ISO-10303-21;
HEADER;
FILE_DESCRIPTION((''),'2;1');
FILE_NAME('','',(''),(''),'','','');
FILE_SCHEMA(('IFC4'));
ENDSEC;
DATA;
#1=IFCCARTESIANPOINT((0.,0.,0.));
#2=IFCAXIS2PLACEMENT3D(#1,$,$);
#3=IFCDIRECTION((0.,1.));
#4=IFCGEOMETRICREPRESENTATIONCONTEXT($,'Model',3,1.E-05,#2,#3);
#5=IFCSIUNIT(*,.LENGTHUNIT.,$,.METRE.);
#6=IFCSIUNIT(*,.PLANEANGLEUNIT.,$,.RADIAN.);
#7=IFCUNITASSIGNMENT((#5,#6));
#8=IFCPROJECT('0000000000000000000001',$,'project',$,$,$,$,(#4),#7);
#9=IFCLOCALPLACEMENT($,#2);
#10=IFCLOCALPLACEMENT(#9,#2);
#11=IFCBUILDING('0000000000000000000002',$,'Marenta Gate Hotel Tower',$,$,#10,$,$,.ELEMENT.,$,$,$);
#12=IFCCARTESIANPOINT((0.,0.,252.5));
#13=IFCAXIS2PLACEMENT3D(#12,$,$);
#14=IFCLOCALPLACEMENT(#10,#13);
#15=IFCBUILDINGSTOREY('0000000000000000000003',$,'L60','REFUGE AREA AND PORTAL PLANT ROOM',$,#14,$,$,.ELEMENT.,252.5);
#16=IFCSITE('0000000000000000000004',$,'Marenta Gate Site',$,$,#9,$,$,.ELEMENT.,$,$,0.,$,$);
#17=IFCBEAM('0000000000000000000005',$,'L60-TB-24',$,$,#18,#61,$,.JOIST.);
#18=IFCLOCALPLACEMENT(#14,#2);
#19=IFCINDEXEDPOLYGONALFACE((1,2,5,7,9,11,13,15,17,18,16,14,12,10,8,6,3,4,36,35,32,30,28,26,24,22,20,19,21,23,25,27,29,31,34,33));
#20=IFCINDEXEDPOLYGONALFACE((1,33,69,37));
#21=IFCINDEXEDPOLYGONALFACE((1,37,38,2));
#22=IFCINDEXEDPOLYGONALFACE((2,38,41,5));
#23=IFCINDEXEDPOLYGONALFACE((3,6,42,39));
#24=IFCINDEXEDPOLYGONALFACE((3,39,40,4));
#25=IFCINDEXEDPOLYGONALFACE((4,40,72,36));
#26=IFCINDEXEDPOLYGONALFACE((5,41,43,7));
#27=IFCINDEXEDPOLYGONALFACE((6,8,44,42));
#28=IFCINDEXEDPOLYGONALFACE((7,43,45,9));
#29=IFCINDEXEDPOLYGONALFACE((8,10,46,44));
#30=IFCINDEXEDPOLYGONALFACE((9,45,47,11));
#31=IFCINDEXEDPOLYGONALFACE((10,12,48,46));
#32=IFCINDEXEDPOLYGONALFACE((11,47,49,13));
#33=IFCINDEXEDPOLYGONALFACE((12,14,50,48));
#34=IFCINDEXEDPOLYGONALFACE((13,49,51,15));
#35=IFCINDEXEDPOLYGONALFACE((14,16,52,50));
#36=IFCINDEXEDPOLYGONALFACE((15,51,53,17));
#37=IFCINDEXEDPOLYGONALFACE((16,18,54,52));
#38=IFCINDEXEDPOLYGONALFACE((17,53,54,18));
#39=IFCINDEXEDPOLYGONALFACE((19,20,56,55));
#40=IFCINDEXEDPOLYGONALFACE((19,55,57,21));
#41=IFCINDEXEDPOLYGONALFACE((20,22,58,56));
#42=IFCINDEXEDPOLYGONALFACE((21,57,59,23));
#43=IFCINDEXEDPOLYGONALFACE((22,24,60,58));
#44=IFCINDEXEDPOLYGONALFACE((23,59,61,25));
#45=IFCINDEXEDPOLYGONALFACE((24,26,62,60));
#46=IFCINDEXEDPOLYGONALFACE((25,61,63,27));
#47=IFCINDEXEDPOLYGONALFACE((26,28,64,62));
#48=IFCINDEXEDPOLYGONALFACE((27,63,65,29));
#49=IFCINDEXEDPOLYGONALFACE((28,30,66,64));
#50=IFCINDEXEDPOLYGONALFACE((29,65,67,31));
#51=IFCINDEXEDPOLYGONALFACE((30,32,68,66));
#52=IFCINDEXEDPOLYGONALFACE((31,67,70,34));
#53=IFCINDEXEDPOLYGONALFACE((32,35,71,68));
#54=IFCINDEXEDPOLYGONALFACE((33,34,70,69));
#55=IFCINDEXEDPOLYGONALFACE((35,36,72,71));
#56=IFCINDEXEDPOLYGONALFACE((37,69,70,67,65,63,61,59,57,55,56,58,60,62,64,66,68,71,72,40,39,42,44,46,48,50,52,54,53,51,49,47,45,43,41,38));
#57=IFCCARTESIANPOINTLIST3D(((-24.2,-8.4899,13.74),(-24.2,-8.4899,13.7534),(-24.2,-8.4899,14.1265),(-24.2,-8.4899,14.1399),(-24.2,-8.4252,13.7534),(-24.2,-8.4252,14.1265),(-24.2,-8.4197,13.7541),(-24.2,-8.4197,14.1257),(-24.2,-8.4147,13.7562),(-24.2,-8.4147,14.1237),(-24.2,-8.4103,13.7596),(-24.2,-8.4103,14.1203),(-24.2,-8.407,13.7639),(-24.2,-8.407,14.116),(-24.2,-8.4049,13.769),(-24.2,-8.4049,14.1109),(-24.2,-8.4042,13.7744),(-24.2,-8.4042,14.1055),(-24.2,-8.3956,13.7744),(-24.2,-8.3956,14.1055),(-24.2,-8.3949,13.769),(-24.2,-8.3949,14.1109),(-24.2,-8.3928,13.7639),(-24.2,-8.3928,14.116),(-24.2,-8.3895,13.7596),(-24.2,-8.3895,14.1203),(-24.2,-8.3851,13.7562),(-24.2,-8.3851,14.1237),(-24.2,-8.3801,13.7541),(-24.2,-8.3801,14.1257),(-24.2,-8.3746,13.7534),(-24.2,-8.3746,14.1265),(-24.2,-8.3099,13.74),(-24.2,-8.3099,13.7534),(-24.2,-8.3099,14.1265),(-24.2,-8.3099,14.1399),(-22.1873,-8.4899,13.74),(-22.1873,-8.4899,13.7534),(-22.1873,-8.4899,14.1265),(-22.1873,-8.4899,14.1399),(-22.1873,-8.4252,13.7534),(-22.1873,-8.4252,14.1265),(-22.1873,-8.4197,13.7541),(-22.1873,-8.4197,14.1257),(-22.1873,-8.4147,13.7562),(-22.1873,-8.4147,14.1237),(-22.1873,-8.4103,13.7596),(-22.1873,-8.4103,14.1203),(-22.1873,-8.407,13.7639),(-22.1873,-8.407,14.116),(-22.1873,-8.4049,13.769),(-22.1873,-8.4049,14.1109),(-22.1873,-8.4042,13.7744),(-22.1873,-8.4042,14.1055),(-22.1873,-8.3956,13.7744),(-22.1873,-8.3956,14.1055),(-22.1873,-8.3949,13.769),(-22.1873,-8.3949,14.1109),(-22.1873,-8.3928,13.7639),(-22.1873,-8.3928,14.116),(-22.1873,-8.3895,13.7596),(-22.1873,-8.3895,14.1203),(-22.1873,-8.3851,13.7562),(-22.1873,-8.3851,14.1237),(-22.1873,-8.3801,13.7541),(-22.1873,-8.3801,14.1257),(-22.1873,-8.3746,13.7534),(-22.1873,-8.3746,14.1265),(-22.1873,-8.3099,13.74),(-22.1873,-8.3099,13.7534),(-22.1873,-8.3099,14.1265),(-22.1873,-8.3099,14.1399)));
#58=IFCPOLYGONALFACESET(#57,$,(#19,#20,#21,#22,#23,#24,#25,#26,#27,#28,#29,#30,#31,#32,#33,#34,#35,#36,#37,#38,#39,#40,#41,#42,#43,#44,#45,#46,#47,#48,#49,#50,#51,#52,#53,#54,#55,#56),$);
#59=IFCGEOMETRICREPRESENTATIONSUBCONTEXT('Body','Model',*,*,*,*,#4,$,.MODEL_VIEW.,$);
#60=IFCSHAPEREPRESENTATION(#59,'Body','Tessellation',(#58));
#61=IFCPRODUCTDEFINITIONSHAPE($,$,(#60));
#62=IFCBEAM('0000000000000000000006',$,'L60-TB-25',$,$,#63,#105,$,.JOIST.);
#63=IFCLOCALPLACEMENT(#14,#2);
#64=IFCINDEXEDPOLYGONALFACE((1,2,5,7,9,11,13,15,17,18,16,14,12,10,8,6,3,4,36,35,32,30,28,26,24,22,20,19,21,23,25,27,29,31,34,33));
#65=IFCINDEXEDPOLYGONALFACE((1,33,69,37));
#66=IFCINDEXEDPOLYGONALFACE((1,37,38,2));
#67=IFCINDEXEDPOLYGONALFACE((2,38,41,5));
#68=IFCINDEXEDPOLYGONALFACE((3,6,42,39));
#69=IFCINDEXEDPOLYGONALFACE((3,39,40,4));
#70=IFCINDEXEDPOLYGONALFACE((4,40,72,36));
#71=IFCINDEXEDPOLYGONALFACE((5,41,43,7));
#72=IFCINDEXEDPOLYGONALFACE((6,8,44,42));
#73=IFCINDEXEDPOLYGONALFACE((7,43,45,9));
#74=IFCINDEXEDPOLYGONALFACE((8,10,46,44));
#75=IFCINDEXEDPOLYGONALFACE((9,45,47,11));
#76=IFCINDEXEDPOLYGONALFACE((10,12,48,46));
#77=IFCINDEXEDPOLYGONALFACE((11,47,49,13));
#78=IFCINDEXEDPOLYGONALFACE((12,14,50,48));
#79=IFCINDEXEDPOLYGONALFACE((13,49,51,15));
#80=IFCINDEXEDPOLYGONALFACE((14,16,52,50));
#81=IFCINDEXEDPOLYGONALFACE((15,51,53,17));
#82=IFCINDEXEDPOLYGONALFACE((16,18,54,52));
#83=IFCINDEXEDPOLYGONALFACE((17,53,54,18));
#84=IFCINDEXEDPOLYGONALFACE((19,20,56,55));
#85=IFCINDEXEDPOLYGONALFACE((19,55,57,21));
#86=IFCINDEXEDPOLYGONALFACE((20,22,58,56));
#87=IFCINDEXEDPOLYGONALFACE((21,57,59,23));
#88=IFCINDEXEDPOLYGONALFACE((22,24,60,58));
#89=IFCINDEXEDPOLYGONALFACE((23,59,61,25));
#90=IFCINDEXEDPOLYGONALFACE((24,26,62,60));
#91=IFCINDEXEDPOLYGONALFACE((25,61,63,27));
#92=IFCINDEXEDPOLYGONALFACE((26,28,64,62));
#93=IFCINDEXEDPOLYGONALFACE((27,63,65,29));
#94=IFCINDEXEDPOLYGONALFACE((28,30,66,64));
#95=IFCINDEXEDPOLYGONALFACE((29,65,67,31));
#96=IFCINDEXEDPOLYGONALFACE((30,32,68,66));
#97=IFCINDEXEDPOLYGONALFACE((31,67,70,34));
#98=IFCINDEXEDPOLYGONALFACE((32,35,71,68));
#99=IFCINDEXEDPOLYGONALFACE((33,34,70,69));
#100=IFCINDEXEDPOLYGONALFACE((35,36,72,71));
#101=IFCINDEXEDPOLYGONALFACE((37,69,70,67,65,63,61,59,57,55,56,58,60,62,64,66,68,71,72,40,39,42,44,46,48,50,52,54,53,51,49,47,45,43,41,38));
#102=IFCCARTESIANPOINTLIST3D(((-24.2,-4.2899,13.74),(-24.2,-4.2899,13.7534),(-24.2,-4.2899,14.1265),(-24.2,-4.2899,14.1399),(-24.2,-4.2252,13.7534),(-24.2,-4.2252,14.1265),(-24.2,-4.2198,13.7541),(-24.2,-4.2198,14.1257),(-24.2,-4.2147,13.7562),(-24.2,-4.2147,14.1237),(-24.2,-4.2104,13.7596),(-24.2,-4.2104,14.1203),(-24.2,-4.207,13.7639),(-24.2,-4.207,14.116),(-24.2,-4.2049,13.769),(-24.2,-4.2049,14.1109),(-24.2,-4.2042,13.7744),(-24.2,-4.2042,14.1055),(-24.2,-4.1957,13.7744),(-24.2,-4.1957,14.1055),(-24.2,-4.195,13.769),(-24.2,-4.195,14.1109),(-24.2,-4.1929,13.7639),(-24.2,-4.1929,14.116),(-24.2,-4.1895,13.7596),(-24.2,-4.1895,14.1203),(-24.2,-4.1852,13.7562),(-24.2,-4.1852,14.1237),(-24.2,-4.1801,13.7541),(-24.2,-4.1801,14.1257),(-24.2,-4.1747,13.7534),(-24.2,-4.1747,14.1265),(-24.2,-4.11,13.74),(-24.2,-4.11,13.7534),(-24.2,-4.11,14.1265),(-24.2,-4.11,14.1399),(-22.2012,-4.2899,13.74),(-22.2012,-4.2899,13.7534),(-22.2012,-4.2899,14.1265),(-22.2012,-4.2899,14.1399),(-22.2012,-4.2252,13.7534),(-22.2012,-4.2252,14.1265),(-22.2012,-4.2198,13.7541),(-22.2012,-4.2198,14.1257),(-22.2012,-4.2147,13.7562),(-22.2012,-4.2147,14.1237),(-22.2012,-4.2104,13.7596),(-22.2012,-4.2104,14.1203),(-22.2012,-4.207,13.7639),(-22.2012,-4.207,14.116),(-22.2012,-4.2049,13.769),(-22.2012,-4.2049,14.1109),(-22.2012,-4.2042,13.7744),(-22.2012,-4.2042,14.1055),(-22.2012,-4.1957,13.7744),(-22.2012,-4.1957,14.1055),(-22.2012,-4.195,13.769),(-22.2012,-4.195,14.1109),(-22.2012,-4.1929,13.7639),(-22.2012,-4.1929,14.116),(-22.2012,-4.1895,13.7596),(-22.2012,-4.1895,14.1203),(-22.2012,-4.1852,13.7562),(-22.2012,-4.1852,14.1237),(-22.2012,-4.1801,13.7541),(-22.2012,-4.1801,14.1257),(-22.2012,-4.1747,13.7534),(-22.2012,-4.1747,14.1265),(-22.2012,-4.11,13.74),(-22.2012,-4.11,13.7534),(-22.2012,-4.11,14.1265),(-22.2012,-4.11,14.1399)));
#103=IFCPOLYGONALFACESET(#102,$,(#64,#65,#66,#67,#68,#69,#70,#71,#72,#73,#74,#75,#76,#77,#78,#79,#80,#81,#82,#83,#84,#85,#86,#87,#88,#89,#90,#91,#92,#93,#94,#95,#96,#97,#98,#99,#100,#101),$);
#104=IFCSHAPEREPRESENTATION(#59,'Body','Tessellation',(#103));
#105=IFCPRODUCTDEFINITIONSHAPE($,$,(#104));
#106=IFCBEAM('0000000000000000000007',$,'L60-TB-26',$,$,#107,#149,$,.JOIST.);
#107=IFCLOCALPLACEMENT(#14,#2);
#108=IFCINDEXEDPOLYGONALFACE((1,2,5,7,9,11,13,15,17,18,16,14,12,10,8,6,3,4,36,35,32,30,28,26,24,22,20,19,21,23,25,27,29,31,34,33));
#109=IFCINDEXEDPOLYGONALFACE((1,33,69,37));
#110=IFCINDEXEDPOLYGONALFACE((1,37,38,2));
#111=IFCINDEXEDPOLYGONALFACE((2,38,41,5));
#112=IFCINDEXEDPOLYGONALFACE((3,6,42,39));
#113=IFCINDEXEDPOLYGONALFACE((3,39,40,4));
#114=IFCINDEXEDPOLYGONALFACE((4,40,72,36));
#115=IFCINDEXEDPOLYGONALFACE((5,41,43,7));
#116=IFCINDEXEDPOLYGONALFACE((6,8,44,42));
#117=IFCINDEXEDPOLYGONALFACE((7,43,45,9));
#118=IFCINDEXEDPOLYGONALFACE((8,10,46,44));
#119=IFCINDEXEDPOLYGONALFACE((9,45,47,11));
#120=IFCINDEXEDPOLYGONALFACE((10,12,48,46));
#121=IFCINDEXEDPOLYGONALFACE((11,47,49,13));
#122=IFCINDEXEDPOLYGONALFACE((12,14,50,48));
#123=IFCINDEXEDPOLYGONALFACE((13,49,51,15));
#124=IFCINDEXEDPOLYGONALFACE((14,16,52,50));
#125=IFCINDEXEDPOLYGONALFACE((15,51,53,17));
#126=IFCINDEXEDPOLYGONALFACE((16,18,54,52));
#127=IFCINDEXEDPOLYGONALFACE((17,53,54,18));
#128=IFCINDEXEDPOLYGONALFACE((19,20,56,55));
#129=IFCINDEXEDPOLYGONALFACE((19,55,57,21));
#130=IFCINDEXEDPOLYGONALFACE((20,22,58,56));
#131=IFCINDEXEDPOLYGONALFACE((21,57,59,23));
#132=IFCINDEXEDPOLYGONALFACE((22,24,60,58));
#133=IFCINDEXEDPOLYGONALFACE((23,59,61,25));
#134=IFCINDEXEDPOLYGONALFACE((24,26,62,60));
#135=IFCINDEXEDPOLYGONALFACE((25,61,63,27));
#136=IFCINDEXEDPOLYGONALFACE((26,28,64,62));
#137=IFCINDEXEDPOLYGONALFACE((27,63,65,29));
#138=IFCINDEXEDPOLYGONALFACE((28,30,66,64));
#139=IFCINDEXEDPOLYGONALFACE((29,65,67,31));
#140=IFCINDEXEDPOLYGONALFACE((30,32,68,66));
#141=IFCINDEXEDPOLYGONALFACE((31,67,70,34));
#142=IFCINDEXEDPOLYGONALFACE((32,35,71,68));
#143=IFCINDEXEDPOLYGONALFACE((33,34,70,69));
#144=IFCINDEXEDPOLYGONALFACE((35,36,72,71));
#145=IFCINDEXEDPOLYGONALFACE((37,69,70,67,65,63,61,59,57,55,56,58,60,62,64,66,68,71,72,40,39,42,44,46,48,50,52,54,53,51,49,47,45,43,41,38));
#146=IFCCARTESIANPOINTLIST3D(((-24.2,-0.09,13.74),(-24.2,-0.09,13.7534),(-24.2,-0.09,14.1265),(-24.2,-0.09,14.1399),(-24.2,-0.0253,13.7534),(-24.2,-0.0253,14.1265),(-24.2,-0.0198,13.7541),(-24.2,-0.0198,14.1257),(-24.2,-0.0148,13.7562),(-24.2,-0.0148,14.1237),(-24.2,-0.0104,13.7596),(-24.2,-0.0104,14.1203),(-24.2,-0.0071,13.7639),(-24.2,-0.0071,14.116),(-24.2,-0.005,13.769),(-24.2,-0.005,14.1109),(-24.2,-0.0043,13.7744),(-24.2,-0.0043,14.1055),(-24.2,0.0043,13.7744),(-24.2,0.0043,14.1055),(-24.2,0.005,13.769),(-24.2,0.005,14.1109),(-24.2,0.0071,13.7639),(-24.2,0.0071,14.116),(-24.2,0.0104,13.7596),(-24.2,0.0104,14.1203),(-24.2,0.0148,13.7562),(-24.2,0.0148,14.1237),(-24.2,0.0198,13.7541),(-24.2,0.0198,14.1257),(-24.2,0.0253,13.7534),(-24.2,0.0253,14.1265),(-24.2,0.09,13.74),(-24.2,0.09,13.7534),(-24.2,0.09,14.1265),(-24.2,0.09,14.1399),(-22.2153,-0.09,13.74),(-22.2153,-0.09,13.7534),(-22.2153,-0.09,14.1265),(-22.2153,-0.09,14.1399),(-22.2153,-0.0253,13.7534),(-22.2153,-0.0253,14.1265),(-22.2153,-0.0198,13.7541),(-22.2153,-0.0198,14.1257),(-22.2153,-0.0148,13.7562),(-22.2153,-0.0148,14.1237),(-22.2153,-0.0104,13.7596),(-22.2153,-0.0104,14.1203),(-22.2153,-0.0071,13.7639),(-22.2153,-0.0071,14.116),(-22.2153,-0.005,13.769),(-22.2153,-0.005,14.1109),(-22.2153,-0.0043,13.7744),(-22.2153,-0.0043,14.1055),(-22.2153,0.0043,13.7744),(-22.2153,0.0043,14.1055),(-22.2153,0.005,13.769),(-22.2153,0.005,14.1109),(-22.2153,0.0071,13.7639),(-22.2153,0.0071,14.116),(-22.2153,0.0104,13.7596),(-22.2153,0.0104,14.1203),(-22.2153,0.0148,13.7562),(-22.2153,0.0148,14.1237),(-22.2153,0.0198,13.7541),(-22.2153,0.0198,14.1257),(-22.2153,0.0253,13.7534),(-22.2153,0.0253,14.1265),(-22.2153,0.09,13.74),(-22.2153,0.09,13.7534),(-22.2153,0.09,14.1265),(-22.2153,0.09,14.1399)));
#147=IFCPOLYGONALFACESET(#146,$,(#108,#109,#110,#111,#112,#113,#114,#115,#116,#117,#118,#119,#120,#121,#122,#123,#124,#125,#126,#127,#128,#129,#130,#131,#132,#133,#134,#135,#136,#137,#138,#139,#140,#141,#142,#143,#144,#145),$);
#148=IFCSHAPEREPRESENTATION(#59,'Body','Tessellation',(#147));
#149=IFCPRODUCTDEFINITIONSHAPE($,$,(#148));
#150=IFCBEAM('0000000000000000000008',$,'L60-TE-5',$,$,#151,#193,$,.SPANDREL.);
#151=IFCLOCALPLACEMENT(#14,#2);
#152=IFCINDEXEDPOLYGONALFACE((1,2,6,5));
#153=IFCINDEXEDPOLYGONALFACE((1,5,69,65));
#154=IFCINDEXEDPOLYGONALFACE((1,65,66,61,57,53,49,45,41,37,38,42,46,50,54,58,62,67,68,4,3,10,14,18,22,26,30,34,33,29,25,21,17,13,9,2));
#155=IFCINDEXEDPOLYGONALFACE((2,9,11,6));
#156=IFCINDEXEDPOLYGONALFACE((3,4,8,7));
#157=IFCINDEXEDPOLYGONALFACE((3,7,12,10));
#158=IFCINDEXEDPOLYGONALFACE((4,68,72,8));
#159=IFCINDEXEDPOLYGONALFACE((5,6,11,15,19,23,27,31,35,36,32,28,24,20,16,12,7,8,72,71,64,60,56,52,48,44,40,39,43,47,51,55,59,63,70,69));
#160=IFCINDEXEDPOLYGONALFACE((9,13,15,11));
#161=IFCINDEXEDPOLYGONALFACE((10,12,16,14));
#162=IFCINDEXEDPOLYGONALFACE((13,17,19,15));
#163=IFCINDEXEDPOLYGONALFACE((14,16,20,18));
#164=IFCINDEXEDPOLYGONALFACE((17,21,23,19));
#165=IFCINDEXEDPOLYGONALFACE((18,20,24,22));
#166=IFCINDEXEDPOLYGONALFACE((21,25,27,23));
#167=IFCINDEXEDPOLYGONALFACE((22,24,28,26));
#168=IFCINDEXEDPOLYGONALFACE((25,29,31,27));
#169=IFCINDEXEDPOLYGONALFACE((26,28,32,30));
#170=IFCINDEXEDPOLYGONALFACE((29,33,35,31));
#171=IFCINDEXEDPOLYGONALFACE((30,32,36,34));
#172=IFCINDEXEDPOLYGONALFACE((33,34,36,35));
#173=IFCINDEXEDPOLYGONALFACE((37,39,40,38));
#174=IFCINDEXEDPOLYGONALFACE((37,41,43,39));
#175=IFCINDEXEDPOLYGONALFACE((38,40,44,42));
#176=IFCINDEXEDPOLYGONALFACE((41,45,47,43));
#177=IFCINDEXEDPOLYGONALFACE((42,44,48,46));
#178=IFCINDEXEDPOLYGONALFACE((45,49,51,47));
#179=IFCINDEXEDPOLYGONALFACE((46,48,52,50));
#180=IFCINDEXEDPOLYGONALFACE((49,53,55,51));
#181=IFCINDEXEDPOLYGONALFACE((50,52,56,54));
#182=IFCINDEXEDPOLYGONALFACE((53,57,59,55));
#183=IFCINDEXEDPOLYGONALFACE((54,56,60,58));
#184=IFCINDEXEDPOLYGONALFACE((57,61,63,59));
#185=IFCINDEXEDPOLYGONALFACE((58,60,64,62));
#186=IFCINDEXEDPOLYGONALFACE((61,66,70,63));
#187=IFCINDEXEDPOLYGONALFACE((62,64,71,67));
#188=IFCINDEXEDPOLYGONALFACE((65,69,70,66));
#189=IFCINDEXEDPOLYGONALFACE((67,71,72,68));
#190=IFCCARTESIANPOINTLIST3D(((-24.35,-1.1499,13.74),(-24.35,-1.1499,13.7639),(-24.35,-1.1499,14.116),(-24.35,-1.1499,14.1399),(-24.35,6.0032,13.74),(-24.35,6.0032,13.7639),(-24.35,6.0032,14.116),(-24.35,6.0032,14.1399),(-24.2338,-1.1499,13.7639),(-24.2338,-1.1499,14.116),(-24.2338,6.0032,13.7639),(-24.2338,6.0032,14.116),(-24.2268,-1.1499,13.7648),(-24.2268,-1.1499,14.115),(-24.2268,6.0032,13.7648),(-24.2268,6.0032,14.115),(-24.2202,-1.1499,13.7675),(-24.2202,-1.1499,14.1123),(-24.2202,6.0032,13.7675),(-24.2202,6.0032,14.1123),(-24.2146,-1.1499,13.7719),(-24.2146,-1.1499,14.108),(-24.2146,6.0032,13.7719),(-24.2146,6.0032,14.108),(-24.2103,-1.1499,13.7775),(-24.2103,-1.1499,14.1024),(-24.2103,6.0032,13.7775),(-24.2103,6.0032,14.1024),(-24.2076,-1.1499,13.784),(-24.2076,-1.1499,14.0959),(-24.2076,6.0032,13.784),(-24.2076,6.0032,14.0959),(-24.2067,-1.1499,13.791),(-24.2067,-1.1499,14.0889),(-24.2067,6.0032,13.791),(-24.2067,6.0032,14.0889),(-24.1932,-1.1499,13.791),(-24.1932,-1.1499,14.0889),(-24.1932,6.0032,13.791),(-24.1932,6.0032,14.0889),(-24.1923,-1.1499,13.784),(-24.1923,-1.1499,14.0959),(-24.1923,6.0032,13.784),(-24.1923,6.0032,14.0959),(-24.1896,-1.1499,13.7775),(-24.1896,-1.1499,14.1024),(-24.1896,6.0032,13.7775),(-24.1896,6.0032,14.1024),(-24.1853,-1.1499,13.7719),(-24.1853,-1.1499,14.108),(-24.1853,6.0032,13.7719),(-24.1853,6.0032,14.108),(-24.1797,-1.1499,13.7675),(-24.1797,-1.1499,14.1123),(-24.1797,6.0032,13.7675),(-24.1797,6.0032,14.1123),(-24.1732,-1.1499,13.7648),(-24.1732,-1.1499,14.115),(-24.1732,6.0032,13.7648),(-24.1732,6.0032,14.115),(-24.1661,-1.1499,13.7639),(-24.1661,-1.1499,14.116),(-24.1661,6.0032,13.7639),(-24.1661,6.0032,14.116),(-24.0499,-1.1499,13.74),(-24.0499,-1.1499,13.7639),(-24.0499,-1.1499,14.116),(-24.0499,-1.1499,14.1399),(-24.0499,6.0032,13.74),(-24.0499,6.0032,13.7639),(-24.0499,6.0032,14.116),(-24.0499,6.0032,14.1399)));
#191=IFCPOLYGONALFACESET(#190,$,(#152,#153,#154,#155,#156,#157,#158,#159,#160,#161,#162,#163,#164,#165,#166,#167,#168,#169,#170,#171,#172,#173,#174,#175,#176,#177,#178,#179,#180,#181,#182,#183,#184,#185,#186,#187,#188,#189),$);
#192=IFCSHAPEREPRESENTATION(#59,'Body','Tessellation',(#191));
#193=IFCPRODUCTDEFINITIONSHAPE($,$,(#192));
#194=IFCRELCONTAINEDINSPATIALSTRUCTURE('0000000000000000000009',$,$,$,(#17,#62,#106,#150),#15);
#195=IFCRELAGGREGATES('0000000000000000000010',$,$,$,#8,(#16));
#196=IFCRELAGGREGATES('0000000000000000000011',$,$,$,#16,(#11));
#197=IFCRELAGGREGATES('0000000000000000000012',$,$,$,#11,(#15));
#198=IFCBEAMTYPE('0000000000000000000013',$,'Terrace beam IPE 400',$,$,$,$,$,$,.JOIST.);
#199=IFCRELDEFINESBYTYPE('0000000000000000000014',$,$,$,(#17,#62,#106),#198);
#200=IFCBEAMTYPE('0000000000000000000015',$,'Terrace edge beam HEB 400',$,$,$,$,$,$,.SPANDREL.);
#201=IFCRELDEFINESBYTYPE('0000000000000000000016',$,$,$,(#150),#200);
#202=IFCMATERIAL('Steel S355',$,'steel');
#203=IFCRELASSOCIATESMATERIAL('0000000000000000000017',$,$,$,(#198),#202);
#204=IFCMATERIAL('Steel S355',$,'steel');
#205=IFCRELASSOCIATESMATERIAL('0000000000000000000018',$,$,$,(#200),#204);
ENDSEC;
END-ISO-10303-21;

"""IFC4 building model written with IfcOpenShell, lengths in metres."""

from ifc_helpers import new_model, si_unit, direction, frame, origin, origin_2d, place, context, subcontext, project, spatial, i_section, extrude, material, material_profile, profile_set, type_object, element, save


model = new_model("IFC4")

# Units and contexts
model_context = context("Model", 3, precision=1e-05, world=origin(), true_north=direction((0.0, 1.0)))
body_context = subcontext(model_context, "Body", "Model", "MODEL_VIEW")
ifc_project = project(units=[si_unit("LENGTHUNIT", "METRE"), si_unit("PLANEANGLEUNIT", "RADIAN")], contexts=[model_context])

# Site, building, storey
site_placement = place(None, origin())
site = spatial("IfcSite", under=ifc_project, at=site_placement, Name="Marenta Gate Site", CompositionType="ELEMENT", RefElevation=0.0)
building_placement = place(site_placement, origin())
building = spatial("IfcBuilding", under=site, at=building_placement, Name="Marenta Gate Hotel Tower", CompositionType="ELEMENT")
storey_placement = place(building_placement, frame((0.0, 0.0, 252.5)))
storey = spatial("IfcBuildingStorey", under=building, at=storey_placement, Name="L60", Description="REFUGE AREA AND PORTAL PLANT ROOM", CompositionType="ELEMENT", Elevation=252.5)

# Beams
ifc_material_1 = material(Name="Steel S355", Category="steel")
ifc_material_profile_1 = material_profile(ifc_material_1, i_section(OverallWidth=0.1799, OverallDepth=0.3999, WebThickness=0.0085, FlangeThickness=0.0134, FilletRadius=0.021, at=origin_2d()), Name="IPE 400")
ifc_profile_set_1 = profile_set([ifc_material_profile_1], Name="Steel S355")
beam_type_1 = type_object("IfcBeamType", Name="Terrace beam IPE 400", PredefinedType="JOIST", material=ifc_profile_set_1)
beam_1_placement = place(storey_placement, frame((-24.2, -8.3999, 13.9399), z_axis=(1.0, 0.0, 0.0), x_axis=(0.0, 1.0, 0.0)))
element("IfcBeam", 1, at=beam_1_placement, inside=storey, type_object=beam_type_1, Name="L60-TB-24", PredefinedType="JOIST", context=body_context, shape_type="SweptSolid", body=[
    extrude(i_section(OverallWidth=0.1799, OverallDepth=0.3999, WebThickness=0.0085, FlangeThickness=0.0134, FilletRadius=0.021, at=origin_2d()), origin(), (0.0, 0.0, 1.0), 2.0127),
])
beam_2_placement = place(storey_placement, frame((-24.2, -4.2, 13.9399), z_axis=(1.0, 0.0, 0.0), x_axis=(0.0, 1.0, 0.0)))
element("IfcBeam", 2, at=beam_2_placement, inside=storey, type_object=beam_type_1, Name="L60-TB-25", PredefinedType="JOIST", context=body_context, shape_type="SweptSolid", body=[
    extrude(i_section(OverallWidth=0.1799, OverallDepth=0.3999, WebThickness=0.0085, FlangeThickness=0.0134, FilletRadius=0.021, at=origin_2d()), origin(), (0.0, 0.0, 1.0), 1.9988),
])
beam_3_placement = place(storey_placement, frame((-24.2, 0.0, 13.9399), z_axis=(1.0, 0.0, 0.0), x_axis=(0.0, 1.0, 0.0)))
element("IfcBeam", 3, at=beam_3_placement, inside=storey, type_object=beam_type_1, Name="L60-TB-26", PredefinedType="JOIST", context=body_context, shape_type="SweptSolid", body=[
    extrude(i_section(OverallWidth=0.1799, OverallDepth=0.3999, WebThickness=0.0085, FlangeThickness=0.0134, FilletRadius=0.021, at=origin_2d()), origin(), (0.0, 0.0, 1.0), 1.9846),
])
ifc_material_2 = material(Name="Steel S355", Category="steel")
ifc_material_profile_2 = material_profile(ifc_material_2, i_section(OverallWidth=0.3, OverallDepth=0.3999, WebThickness=0.0134, FlangeThickness=0.0239, FilletRadius=0.0271, at=origin_2d()), Name="HEB 400")
ifc_profile_set_2 = profile_set([ifc_material_profile_2], Name="Steel S355")
beam_type_2 = type_object("IfcBeamType", Name="Terrace edge beam HEB 400", PredefinedType="SPANDREL", material=ifc_profile_set_2)
beam_4_placement = place(storey_placement, frame((-24.2, -1.1499, 13.9399), z_axis=(0.0, 1.0, 0.0), x_axis=(-1.0, 0.0, 0.0)))
element("IfcBeam", 4, at=beam_4_placement, inside=storey, type_object=beam_type_2, Name="L60-TE-5", PredefinedType="SPANDREL", context=body_context, shape_type="SweptSolid", body=[
    extrude(i_section(OverallWidth=0.3, OverallDepth=0.3999, WebThickness=0.0134, FlangeThickness=0.0239, FilletRadius=0.0271, at=origin_2d()), origin(), (0.0, 0.0, 1.0), 7.1531),
])

save(model, "model.ifc")
